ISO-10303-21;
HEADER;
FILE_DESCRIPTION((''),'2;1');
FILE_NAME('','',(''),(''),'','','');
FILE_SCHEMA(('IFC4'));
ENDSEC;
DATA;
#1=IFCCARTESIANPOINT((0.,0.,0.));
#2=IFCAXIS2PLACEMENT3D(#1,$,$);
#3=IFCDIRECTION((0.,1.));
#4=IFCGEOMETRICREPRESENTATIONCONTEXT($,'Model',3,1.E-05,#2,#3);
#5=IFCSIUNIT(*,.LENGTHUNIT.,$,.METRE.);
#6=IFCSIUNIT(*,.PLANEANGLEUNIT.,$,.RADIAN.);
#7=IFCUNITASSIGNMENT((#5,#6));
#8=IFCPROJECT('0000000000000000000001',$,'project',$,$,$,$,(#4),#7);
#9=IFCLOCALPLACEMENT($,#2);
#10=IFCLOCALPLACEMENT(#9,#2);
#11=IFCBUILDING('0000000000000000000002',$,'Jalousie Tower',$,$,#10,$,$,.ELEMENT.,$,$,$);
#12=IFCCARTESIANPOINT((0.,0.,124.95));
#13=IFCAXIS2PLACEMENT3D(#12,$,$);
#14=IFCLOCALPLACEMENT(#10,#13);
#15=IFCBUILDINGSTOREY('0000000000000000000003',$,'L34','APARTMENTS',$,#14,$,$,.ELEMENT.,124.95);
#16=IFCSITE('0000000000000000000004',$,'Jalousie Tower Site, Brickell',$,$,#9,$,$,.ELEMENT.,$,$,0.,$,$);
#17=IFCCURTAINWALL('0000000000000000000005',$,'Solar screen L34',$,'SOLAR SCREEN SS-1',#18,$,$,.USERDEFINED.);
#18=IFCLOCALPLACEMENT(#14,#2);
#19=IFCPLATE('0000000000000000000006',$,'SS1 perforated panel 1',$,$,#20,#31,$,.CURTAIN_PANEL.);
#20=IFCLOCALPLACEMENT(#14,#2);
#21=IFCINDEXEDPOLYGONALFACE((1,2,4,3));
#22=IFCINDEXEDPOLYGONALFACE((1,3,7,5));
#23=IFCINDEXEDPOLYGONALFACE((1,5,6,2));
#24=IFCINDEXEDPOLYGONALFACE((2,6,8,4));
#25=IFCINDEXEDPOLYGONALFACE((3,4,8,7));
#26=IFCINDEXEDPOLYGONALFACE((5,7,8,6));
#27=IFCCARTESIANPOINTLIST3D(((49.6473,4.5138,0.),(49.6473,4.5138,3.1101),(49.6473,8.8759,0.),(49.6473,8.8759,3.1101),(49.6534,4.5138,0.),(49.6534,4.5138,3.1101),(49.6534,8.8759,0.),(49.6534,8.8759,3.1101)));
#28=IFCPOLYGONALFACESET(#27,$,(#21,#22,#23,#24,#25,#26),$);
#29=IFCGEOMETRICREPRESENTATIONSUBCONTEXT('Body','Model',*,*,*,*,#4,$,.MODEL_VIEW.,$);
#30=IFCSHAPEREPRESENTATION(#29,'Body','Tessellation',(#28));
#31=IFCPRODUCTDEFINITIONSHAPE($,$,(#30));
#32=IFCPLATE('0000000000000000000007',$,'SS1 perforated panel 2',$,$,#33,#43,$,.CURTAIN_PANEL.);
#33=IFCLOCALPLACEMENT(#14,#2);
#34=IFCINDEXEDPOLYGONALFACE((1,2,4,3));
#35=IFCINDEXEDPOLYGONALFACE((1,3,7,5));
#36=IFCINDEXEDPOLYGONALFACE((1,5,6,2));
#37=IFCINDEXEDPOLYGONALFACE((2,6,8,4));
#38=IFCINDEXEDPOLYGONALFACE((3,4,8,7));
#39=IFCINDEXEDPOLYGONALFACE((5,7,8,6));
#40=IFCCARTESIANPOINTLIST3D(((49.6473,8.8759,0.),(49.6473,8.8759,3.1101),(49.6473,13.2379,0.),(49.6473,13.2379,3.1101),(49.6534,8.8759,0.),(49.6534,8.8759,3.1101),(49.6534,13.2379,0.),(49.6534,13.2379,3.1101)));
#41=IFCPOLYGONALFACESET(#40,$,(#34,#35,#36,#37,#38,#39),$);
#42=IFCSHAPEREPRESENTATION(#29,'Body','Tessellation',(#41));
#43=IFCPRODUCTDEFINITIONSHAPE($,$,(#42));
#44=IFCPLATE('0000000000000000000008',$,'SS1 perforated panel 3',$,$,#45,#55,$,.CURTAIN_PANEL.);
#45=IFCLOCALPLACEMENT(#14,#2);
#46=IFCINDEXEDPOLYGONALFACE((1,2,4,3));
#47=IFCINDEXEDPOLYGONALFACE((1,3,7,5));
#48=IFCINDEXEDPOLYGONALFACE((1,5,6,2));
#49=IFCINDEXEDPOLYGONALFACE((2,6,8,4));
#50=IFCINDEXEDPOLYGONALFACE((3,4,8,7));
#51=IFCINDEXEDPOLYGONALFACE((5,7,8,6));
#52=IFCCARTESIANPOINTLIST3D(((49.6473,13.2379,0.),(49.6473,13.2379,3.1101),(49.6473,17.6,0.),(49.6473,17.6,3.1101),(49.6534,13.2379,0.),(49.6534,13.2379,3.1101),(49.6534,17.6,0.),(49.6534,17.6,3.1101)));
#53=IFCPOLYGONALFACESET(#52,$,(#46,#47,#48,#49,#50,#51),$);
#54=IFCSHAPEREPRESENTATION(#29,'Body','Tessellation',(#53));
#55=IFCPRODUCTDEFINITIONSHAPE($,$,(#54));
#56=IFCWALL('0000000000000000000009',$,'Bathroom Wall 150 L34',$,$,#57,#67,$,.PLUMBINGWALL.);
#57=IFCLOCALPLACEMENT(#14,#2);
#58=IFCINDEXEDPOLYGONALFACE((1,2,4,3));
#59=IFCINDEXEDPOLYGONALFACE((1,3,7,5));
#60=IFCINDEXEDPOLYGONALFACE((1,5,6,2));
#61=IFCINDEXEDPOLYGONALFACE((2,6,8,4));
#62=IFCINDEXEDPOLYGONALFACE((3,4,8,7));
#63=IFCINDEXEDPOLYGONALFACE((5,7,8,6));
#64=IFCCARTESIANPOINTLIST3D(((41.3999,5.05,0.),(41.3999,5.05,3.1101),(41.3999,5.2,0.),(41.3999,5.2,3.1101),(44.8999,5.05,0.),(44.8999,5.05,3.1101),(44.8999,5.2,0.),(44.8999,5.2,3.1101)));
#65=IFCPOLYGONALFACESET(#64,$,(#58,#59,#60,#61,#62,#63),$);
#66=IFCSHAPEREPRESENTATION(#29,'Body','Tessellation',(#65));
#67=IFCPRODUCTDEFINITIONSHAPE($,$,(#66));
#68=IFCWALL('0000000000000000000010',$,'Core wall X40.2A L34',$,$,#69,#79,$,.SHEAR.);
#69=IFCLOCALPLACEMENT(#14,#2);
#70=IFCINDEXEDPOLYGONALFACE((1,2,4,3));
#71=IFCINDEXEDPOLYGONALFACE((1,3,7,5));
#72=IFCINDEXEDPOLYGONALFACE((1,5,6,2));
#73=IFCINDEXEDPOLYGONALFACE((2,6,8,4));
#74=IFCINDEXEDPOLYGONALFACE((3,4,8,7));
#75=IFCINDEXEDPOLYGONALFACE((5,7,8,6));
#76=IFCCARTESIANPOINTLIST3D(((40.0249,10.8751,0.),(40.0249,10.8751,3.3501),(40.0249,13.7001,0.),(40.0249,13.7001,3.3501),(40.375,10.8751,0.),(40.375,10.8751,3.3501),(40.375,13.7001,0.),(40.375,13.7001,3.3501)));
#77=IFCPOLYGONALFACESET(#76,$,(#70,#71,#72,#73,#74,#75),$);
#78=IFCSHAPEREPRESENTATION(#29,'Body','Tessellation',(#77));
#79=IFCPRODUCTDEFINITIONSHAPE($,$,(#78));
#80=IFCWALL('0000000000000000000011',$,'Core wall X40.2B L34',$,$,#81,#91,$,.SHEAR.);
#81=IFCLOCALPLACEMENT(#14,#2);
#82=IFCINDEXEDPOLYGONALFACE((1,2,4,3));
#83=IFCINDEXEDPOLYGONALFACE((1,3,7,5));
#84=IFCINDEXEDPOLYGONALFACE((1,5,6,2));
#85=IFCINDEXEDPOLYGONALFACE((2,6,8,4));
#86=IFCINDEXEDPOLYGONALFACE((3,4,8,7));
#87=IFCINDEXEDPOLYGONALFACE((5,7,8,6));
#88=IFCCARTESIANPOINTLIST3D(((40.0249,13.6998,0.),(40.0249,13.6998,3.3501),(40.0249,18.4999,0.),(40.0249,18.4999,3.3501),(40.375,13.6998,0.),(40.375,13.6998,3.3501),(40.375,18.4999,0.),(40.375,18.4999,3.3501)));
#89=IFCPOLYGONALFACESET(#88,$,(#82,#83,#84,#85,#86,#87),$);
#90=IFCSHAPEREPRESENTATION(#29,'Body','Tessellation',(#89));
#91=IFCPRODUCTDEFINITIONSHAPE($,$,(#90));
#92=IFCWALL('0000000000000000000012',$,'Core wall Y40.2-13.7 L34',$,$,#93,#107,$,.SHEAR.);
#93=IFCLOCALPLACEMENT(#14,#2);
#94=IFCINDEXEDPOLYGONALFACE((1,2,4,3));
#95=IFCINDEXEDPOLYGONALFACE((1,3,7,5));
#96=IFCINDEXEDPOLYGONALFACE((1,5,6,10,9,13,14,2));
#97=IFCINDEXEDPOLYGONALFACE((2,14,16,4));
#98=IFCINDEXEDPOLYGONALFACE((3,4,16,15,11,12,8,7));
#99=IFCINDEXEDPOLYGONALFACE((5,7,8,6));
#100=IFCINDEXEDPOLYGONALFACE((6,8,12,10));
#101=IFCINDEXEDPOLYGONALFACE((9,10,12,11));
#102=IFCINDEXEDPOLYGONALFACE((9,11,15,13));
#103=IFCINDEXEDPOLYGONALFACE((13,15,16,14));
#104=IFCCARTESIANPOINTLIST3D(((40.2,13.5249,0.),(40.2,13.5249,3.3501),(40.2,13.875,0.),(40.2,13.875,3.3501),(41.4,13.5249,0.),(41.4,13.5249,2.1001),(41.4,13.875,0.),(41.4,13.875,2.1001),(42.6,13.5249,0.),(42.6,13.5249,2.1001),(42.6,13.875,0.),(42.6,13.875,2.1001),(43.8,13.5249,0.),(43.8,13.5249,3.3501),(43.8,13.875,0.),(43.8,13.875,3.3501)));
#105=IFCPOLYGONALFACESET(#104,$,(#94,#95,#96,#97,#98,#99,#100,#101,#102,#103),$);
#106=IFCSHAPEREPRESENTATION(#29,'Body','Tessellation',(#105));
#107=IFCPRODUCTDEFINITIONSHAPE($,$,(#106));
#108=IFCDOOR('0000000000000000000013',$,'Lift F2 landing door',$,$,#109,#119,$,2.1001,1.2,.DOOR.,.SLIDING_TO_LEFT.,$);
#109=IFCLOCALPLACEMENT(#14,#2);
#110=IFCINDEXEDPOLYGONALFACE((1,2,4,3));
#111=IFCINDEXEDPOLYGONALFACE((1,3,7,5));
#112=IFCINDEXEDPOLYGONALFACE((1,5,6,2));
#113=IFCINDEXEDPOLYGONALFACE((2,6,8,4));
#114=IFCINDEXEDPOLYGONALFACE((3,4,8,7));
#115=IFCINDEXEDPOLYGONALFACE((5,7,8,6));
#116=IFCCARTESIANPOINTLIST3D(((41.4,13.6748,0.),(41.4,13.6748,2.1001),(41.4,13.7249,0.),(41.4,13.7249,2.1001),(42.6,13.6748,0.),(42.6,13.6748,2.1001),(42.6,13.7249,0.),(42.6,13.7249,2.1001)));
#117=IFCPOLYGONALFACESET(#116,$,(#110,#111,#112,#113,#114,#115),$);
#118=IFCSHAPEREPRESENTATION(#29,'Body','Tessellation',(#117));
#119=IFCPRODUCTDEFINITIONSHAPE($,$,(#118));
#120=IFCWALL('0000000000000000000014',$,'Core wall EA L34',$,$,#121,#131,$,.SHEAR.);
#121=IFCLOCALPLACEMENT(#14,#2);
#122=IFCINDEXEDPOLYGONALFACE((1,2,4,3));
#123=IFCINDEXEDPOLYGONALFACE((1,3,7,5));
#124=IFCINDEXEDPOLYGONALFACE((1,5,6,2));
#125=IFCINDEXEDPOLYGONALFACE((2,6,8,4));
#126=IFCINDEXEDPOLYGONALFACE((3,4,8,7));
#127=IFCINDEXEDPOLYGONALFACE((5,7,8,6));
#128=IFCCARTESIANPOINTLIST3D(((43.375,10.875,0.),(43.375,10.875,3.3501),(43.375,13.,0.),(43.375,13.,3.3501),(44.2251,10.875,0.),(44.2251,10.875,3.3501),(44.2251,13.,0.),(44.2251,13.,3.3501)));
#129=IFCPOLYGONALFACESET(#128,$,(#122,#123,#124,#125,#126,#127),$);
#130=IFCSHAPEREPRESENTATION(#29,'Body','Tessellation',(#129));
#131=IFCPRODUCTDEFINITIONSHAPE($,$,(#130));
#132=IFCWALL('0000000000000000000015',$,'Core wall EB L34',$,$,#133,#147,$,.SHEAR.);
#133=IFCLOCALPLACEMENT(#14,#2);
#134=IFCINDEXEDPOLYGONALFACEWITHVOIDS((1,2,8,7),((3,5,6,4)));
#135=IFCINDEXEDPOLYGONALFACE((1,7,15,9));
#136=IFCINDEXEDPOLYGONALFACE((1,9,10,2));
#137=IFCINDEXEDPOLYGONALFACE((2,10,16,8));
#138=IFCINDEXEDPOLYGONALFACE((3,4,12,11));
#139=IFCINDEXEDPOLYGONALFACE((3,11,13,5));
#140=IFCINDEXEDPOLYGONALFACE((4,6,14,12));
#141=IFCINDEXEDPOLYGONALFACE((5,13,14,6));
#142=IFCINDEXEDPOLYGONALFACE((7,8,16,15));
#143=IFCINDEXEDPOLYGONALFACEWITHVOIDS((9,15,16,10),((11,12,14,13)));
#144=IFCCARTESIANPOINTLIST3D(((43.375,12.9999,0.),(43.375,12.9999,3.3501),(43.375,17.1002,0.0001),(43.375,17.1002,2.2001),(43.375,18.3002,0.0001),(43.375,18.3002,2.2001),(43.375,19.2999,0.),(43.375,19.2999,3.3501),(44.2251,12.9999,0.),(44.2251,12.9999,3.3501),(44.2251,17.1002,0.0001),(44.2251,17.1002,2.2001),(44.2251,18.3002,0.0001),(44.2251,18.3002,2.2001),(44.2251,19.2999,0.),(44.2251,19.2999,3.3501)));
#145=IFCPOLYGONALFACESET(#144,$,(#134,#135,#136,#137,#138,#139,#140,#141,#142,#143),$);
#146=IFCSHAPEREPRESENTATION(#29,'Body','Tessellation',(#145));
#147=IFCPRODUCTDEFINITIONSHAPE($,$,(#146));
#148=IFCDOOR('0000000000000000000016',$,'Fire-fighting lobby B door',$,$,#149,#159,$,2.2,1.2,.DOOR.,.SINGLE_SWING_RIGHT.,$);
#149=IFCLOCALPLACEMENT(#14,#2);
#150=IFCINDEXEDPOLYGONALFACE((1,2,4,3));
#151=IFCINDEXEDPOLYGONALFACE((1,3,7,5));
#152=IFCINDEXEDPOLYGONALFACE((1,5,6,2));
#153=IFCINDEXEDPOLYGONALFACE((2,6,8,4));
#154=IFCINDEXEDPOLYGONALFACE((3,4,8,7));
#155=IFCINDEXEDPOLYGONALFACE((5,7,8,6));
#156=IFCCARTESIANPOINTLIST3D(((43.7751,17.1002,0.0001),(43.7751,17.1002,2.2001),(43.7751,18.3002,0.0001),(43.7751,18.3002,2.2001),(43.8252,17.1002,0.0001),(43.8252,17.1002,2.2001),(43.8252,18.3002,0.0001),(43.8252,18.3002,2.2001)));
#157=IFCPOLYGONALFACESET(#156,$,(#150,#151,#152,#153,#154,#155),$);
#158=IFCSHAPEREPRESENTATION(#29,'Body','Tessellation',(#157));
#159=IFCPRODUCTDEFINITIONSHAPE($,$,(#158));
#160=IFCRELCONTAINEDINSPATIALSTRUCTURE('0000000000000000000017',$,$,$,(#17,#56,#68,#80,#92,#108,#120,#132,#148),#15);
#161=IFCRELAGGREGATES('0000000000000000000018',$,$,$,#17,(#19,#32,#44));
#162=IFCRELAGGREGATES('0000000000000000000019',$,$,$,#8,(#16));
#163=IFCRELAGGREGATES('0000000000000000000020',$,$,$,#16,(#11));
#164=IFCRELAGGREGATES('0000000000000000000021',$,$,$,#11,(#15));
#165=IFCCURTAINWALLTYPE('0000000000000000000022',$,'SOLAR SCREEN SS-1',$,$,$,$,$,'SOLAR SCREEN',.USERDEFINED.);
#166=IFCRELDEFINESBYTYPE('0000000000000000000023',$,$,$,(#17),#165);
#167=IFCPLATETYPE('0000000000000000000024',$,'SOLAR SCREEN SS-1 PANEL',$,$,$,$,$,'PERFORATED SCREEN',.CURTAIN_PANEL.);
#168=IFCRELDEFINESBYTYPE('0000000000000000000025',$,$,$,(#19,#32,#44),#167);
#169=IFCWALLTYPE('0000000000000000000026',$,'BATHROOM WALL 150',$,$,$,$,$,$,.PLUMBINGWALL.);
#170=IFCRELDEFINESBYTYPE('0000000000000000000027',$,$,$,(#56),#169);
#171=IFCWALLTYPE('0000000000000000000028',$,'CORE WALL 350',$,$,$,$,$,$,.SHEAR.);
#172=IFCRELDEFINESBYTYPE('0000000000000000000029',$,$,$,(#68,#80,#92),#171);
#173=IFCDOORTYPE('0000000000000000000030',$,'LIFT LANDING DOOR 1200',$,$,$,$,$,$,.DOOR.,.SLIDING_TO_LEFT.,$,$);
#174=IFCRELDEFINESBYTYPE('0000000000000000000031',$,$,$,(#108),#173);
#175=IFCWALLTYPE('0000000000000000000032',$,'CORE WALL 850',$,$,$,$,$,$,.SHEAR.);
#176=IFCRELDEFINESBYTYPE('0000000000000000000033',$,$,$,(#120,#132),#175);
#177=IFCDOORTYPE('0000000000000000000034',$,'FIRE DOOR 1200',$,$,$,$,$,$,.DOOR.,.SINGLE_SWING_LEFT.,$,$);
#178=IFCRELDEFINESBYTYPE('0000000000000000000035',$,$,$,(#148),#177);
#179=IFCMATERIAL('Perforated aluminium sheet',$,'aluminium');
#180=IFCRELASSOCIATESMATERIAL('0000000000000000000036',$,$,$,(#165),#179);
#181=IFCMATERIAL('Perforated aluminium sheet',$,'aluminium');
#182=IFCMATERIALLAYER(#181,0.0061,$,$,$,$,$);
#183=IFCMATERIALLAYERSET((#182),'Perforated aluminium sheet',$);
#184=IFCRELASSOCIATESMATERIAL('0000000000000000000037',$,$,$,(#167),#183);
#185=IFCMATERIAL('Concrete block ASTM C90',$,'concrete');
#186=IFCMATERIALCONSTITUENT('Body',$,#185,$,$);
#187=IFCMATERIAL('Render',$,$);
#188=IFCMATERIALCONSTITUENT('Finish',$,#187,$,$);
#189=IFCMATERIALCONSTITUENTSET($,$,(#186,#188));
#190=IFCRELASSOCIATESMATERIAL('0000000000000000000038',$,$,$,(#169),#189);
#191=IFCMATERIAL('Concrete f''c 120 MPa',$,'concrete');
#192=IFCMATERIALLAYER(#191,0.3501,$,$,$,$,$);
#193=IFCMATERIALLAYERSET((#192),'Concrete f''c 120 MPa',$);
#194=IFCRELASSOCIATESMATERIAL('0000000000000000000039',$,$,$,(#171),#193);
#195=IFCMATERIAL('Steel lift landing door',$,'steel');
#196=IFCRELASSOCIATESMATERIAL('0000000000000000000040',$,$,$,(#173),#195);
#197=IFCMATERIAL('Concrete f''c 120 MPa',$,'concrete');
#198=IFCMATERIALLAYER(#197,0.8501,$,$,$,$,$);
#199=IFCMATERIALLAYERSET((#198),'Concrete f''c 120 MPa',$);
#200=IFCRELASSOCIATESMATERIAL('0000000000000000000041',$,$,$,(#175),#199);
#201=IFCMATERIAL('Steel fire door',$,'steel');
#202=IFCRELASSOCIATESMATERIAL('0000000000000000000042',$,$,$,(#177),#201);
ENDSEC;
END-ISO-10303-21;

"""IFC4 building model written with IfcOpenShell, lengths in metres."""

from ifc_helpers import new_model, si_unit, direction, frame, frame_2d, origin, origin_2d, place, context, subcontext, project, spatial, rectangle, extrude, material, layer, layer_set, constituent, constituent_set, type_object, element, fill, aggregate, save


model = new_model("IFC4")

# Units and contexts
model_context = context("Model", 3, precision=1e-05, world=origin(), true_north=direction((0.0, 1.0)))
body_context = subcontext(model_context, "Body", "Model", "MODEL_VIEW")
ifc_project = project(units=[si_unit("LENGTHUNIT", "METRE"), si_unit("PLANEANGLEUNIT", "RADIAN")], contexts=[model_context])

# Site, building, storey
site_placement = place(None, origin())
site = spatial("IfcSite", under=ifc_project, at=site_placement, Name="Jalousie Tower Site, Brickell", CompositionType="ELEMENT", RefElevation=0.0)
building_placement = place(site_placement, origin())
building = spatial("IfcBuilding", under=site, at=building_placement, Name="Jalousie Tower", CompositionType="ELEMENT")
storey_placement = place(building_placement, frame((0.0, 0.0, 124.95)))
storey = spatial("IfcBuildingStorey", under=building, at=storey_placement, Name="L34", Description="APARTMENTS", CompositionType="ELEMENT", Elevation=124.95)

# Curtain wall, plates
ifc_material_1 = material(Name="Perforated aluminium sheet", Category="aluminium")
curtain_wall_type = type_object("IfcCurtainWallType", Name="SOLAR SCREEN SS-1", ElementType="SOLAR SCREEN", PredefinedType="USERDEFINED", material=ifc_material_1)
curtain_wall_placement = place(storey_placement, origin())
curtain_wall = element("IfcCurtainWall", 1, at=curtain_wall_placement, inside=storey, type_object=curtain_wall_type, Name="Solar screen L34", ObjectType="SOLAR SCREEN SS-1", PredefinedType="USERDEFINED")
ifc_material_2 = material(Name="Perforated aluminium sheet", Category="aluminium")
ifc_layer_1 = layer(ifc_material_2, 0.0061)
ifc_layer_set_1 = layer_set([ifc_layer_1], Name="Perforated aluminium sheet")
plate_type = type_object("IfcPlateType", Name="SOLAR SCREEN SS-1 PANEL", ElementType="PERFORATED SCREEN", PredefinedType="CURTAIN_PANEL", material=ifc_layer_set_1)
plate_1_placement = place(storey_placement, frame((49.6504, 6.6948, 0.0), z_axis=(0.0, 0.0, 1.0), x_axis=(0.0, 1.0, 0.0)))
plate_1 = element("IfcPlate", 2, at=plate_1_placement, type_object=plate_type, Name="SS1 perforated panel 1", PredefinedType="CURTAIN_PANEL", context=body_context, shape_type="SweptSolid", body=[
    extrude(rectangle(XDim=4.3621, YDim=0.0061, at=origin_2d()), origin(), (0.0, 0.0, 1.0), 3.1101),
])
plate_2_placement = place(storey_placement, frame((49.6504, 11.0569, 0.0), z_axis=(0.0, 0.0, 1.0), x_axis=(0.0, 1.0, 0.0)))
plate_2 = element("IfcPlate", 3, at=plate_2_placement, type_object=plate_type, Name="SS1 perforated panel 2", PredefinedType="CURTAIN_PANEL", context=body_context, shape_type="SweptSolid", body=[
    extrude(rectangle(XDim=4.3621, YDim=0.0061, at=origin_2d()), origin(), (0.0, 0.0, 1.0), 3.1101),
])
plate_3_placement = place(storey_placement, frame((49.6504, 15.4189, 0.0), z_axis=(0.0, 0.0, 1.0), x_axis=(0.0, 1.0, 0.0)))
plate_3 = element("IfcPlate", 4, at=plate_3_placement, type_object=plate_type, Name="SS1 perforated panel 3", PredefinedType="CURTAIN_PANEL", context=body_context, shape_type="SweptSolid", body=[
    extrude(rectangle(XDim=4.3621, YDim=0.0061, at=origin_2d()), origin(), (0.0, 0.0, 1.0), 3.1101),
])
aggregate(curtain_wall, [plate_1, plate_2, plate_3])

# Walls
ifc_material_3 = material(Name="Concrete block ASTM C90", Category="concrete")
ifc_constituent_1 = constituent(ifc_material_3, Name="Body")
ifc_material_4 = material(Name="Render")
ifc_constituent_2 = constituent(ifc_material_4, Name="Finish")
ifc_constituent_set_1 = constituent_set(constituents=[ifc_constituent_1, ifc_constituent_2])
wall_type_1 = type_object("IfcWallType", Name="BATHROOM WALL 150", PredefinedType="PLUMBINGWALL", material=ifc_constituent_set_1)
wall_1_placement = place(storey_placement, frame((41.3999, 5.125, 0.0), z_axis=(0.0, 0.0, 1.0), x_axis=(1.0, 0.0, 0.0)))
element("IfcWall", 5, at=wall_1_placement, inside=storey, type_object=wall_type_1, Name="Bathroom Wall 150 L34", PredefinedType="PLUMBINGWALL", context=body_context, shape_type="SweptSolid", body=[
    extrude(rectangle(XDim=3.5, YDim=0.1499, at=frame_2d((1.75, 0.0))), origin(), (0.0, 0.0, 1.0), 3.1101),
])
ifc_material_5 = material(Name="Concrete f'c 120 MPa", Category="concrete")
ifc_layer_2 = layer(ifc_material_5, 0.3501)
ifc_layer_set_2 = layer_set([ifc_layer_2], Name="Concrete f'c 120 MPa")
wall_type_2 = type_object("IfcWallType", Name="CORE WALL 350", PredefinedType="SHEAR", material=ifc_layer_set_2)
wall_2_placement = place(storey_placement, frame((40.2, 10.875, 0.0), z_axis=(0.0, 0.0, 1.0), x_axis=(0.0, 1.0, 0.0)))
element("IfcWall", 6, at=wall_2_placement, inside=storey, type_object=wall_type_2, Name="Core wall X40.2A L34", PredefinedType="SHEAR", context=body_context, shape_type="SweptSolid", body=[
    extrude(rectangle(XDim=2.825, YDim=0.3501, at=frame_2d((1.4126, 0.0))), origin(), (0.0, 0.0, 1.0), 3.3501),
])
wall_3_placement = place(storey_placement, frame((40.2, 13.7, 0.0), z_axis=(0.0, 0.0, 1.0), x_axis=(0.0, 1.0, 0.0)))
element("IfcWall", 7, at=wall_3_placement, inside=storey, type_object=wall_type_2, Name="Core wall X40.2B L34", PredefinedType="SHEAR", context=body_context, shape_type="SweptSolid", body=[
    extrude(rectangle(XDim=4.8, YDim=0.3501, at=frame_2d((2.3999, 0.0))), origin(), (0.0, 0.0, 1.0), 3.3501),
])

# Wall, opening, door
wall_4_placement = place(storey_placement, frame((40.2, 13.7, 0.0), z_axis=(0.0, 0.0, 1.0), x_axis=(1.0, 0.0, 0.0)))
wall_4 = element("IfcWall", 8, at=wall_4_placement, inside=storey, type_object=wall_type_2, Name="Core wall Y40.2-13.7 L34", PredefinedType="SHEAR", context=body_context, shape_type="SweptSolid", body=[
    extrude(rectangle(XDim=3.6001, YDim=0.3501, at=frame_2d((1.8, 0.0))), origin(), (0.0, 0.0, 1.0), 3.3501),
])
opening_1_placement = place(wall_4_placement, frame((1.2, 0.0, 0.0)))
opening_1 = element("IfcOpeningElement", 9, at=opening_1_placement, cuts=wall_4, PredefinedType="OPENING", context=body_context, shape_type="SweptSolid", body=[
    extrude(rectangle(XDim=1.2, YDim=2.1001, at=frame_2d((0.6001, 1.05))), frame((0.0, 0.1851, 0.0), z_axis=(0.0, -1.0, 0.0), x_axis=(1.0, 0.0, 0.0)), (0.0, 0.0, 1.0), 0.3701),
])
ifc_material_6 = material(Name="Steel lift landing door", Category="steel")
door_type_1 = type_object("IfcDoorType", Name="LIFT LANDING DOOR 1200", OperationType="SLIDING_TO_LEFT", PredefinedType="DOOR", material=ifc_material_6)
door_1_placement = place(opening_1_placement, origin())
door_1 = element("IfcDoor", 10, at=door_1_placement, inside=storey, type_object=door_type_1, Name="Lift F2 landing door", OperationType="SLIDING_TO_LEFT", OverallHeight=2.1001, OverallWidth=1.2, PredefinedType="DOOR", context=body_context, shape_type="SweptSolid", body=[
    extrude(rectangle(XDim=1.2, YDim=2.1001, at=frame_2d((0.6001, 1.05))), frame((0.0, 0.0249, 0.0), z_axis=(0.0, -1.0, 0.0), x_axis=(1.0, 0.0, 0.0)), (0.0, 0.0, 1.0), 0.05),
])
fill(opening_1, door_1)

# Wall
ifc_material_7 = material(Name="Concrete f'c 120 MPa", Category="concrete")
ifc_layer_3 = layer(ifc_material_7, 0.8501)
ifc_layer_set_3 = layer_set([ifc_layer_3], Name="Concrete f'c 120 MPa")
wall_type_3 = type_object("IfcWallType", Name="CORE WALL 850", PredefinedType="SHEAR", material=ifc_layer_set_3)
wall_5_placement = place(storey_placement, frame((43.8, 10.875, 0.0), z_axis=(0.0, 0.0, 1.0), x_axis=(0.0, 1.0, 0.0)))
element("IfcWall", 11, at=wall_5_placement, inside=storey, type_object=wall_type_3, Name="Core wall EA L34", PredefinedType="SHEAR", context=body_context, shape_type="SweptSolid", body=[
    extrude(rectangle(XDim=2.125, YDim=0.8501, at=frame_2d((1.0625, 0.0))), origin(), (0.0, 0.0, 1.0), 3.3501),
])

# Wall, opening, door
wall_6_placement = place(storey_placement, frame((43.8, 13.0, 0.0), z_axis=(0.0, 0.0, 1.0), x_axis=(0.0, 1.0, 0.0)))
wall_6 = element("IfcWall", 12, at=wall_6_placement, inside=storey, type_object=wall_type_3, Name="Core wall EB L34", PredefinedType="SHEAR", context=body_context, shape_type="SweptSolid", body=[
    extrude(rectangle(XDim=6.3, YDim=0.8501, at=frame_2d((3.1499, 0.0))), origin(), (0.0, 0.0, 1.0), 3.3501),
])
opening_2_placement = place(wall_6_placement, frame((4.1001, 0.0, 0.0)))
opening_2 = element("IfcOpeningElement", 13, at=opening_2_placement, cuts=wall_6, PredefinedType="OPENING", context=body_context, shape_type="SweptSolid", body=[
    extrude(rectangle(XDim=1.2, YDim=2.2, at=frame_2d((0.6001, 1.1001))), frame((0.0, 0.4351, 0.0), z_axis=(0.0, -1.0, 0.0), x_axis=(1.0, 0.0, 0.0)), (0.0, 0.0, 1.0), 0.8701),
])
ifc_material_8 = material(Name="Steel fire door", Category="steel")
door_type_2 = type_object("IfcDoorType", Name="FIRE DOOR 1200", OperationType="SINGLE_SWING_LEFT", PredefinedType="DOOR", material=ifc_material_8)
door_2_placement = place(opening_2_placement, origin())
door_2 = element("IfcDoor", 14, at=door_2_placement, inside=storey, type_object=door_type_2, Name="Fire-fighting lobby B door", OperationType="SINGLE_SWING_RIGHT", OverallHeight=2.2, OverallWidth=1.2, PredefinedType="DOOR", context=body_context, shape_type="SweptSolid", body=[
    extrude(rectangle(XDim=1.2, YDim=2.2, at=frame_2d((0.6001, 1.1001))), frame((0.0, 0.0249, 0.0), z_axis=(0.0, -1.0, 0.0), x_axis=(1.0, 0.0, 0.0)), (0.0, 0.0, 1.0), 0.05),
])
fill(opening_2, door_2)

save(model, "model.ifc")
